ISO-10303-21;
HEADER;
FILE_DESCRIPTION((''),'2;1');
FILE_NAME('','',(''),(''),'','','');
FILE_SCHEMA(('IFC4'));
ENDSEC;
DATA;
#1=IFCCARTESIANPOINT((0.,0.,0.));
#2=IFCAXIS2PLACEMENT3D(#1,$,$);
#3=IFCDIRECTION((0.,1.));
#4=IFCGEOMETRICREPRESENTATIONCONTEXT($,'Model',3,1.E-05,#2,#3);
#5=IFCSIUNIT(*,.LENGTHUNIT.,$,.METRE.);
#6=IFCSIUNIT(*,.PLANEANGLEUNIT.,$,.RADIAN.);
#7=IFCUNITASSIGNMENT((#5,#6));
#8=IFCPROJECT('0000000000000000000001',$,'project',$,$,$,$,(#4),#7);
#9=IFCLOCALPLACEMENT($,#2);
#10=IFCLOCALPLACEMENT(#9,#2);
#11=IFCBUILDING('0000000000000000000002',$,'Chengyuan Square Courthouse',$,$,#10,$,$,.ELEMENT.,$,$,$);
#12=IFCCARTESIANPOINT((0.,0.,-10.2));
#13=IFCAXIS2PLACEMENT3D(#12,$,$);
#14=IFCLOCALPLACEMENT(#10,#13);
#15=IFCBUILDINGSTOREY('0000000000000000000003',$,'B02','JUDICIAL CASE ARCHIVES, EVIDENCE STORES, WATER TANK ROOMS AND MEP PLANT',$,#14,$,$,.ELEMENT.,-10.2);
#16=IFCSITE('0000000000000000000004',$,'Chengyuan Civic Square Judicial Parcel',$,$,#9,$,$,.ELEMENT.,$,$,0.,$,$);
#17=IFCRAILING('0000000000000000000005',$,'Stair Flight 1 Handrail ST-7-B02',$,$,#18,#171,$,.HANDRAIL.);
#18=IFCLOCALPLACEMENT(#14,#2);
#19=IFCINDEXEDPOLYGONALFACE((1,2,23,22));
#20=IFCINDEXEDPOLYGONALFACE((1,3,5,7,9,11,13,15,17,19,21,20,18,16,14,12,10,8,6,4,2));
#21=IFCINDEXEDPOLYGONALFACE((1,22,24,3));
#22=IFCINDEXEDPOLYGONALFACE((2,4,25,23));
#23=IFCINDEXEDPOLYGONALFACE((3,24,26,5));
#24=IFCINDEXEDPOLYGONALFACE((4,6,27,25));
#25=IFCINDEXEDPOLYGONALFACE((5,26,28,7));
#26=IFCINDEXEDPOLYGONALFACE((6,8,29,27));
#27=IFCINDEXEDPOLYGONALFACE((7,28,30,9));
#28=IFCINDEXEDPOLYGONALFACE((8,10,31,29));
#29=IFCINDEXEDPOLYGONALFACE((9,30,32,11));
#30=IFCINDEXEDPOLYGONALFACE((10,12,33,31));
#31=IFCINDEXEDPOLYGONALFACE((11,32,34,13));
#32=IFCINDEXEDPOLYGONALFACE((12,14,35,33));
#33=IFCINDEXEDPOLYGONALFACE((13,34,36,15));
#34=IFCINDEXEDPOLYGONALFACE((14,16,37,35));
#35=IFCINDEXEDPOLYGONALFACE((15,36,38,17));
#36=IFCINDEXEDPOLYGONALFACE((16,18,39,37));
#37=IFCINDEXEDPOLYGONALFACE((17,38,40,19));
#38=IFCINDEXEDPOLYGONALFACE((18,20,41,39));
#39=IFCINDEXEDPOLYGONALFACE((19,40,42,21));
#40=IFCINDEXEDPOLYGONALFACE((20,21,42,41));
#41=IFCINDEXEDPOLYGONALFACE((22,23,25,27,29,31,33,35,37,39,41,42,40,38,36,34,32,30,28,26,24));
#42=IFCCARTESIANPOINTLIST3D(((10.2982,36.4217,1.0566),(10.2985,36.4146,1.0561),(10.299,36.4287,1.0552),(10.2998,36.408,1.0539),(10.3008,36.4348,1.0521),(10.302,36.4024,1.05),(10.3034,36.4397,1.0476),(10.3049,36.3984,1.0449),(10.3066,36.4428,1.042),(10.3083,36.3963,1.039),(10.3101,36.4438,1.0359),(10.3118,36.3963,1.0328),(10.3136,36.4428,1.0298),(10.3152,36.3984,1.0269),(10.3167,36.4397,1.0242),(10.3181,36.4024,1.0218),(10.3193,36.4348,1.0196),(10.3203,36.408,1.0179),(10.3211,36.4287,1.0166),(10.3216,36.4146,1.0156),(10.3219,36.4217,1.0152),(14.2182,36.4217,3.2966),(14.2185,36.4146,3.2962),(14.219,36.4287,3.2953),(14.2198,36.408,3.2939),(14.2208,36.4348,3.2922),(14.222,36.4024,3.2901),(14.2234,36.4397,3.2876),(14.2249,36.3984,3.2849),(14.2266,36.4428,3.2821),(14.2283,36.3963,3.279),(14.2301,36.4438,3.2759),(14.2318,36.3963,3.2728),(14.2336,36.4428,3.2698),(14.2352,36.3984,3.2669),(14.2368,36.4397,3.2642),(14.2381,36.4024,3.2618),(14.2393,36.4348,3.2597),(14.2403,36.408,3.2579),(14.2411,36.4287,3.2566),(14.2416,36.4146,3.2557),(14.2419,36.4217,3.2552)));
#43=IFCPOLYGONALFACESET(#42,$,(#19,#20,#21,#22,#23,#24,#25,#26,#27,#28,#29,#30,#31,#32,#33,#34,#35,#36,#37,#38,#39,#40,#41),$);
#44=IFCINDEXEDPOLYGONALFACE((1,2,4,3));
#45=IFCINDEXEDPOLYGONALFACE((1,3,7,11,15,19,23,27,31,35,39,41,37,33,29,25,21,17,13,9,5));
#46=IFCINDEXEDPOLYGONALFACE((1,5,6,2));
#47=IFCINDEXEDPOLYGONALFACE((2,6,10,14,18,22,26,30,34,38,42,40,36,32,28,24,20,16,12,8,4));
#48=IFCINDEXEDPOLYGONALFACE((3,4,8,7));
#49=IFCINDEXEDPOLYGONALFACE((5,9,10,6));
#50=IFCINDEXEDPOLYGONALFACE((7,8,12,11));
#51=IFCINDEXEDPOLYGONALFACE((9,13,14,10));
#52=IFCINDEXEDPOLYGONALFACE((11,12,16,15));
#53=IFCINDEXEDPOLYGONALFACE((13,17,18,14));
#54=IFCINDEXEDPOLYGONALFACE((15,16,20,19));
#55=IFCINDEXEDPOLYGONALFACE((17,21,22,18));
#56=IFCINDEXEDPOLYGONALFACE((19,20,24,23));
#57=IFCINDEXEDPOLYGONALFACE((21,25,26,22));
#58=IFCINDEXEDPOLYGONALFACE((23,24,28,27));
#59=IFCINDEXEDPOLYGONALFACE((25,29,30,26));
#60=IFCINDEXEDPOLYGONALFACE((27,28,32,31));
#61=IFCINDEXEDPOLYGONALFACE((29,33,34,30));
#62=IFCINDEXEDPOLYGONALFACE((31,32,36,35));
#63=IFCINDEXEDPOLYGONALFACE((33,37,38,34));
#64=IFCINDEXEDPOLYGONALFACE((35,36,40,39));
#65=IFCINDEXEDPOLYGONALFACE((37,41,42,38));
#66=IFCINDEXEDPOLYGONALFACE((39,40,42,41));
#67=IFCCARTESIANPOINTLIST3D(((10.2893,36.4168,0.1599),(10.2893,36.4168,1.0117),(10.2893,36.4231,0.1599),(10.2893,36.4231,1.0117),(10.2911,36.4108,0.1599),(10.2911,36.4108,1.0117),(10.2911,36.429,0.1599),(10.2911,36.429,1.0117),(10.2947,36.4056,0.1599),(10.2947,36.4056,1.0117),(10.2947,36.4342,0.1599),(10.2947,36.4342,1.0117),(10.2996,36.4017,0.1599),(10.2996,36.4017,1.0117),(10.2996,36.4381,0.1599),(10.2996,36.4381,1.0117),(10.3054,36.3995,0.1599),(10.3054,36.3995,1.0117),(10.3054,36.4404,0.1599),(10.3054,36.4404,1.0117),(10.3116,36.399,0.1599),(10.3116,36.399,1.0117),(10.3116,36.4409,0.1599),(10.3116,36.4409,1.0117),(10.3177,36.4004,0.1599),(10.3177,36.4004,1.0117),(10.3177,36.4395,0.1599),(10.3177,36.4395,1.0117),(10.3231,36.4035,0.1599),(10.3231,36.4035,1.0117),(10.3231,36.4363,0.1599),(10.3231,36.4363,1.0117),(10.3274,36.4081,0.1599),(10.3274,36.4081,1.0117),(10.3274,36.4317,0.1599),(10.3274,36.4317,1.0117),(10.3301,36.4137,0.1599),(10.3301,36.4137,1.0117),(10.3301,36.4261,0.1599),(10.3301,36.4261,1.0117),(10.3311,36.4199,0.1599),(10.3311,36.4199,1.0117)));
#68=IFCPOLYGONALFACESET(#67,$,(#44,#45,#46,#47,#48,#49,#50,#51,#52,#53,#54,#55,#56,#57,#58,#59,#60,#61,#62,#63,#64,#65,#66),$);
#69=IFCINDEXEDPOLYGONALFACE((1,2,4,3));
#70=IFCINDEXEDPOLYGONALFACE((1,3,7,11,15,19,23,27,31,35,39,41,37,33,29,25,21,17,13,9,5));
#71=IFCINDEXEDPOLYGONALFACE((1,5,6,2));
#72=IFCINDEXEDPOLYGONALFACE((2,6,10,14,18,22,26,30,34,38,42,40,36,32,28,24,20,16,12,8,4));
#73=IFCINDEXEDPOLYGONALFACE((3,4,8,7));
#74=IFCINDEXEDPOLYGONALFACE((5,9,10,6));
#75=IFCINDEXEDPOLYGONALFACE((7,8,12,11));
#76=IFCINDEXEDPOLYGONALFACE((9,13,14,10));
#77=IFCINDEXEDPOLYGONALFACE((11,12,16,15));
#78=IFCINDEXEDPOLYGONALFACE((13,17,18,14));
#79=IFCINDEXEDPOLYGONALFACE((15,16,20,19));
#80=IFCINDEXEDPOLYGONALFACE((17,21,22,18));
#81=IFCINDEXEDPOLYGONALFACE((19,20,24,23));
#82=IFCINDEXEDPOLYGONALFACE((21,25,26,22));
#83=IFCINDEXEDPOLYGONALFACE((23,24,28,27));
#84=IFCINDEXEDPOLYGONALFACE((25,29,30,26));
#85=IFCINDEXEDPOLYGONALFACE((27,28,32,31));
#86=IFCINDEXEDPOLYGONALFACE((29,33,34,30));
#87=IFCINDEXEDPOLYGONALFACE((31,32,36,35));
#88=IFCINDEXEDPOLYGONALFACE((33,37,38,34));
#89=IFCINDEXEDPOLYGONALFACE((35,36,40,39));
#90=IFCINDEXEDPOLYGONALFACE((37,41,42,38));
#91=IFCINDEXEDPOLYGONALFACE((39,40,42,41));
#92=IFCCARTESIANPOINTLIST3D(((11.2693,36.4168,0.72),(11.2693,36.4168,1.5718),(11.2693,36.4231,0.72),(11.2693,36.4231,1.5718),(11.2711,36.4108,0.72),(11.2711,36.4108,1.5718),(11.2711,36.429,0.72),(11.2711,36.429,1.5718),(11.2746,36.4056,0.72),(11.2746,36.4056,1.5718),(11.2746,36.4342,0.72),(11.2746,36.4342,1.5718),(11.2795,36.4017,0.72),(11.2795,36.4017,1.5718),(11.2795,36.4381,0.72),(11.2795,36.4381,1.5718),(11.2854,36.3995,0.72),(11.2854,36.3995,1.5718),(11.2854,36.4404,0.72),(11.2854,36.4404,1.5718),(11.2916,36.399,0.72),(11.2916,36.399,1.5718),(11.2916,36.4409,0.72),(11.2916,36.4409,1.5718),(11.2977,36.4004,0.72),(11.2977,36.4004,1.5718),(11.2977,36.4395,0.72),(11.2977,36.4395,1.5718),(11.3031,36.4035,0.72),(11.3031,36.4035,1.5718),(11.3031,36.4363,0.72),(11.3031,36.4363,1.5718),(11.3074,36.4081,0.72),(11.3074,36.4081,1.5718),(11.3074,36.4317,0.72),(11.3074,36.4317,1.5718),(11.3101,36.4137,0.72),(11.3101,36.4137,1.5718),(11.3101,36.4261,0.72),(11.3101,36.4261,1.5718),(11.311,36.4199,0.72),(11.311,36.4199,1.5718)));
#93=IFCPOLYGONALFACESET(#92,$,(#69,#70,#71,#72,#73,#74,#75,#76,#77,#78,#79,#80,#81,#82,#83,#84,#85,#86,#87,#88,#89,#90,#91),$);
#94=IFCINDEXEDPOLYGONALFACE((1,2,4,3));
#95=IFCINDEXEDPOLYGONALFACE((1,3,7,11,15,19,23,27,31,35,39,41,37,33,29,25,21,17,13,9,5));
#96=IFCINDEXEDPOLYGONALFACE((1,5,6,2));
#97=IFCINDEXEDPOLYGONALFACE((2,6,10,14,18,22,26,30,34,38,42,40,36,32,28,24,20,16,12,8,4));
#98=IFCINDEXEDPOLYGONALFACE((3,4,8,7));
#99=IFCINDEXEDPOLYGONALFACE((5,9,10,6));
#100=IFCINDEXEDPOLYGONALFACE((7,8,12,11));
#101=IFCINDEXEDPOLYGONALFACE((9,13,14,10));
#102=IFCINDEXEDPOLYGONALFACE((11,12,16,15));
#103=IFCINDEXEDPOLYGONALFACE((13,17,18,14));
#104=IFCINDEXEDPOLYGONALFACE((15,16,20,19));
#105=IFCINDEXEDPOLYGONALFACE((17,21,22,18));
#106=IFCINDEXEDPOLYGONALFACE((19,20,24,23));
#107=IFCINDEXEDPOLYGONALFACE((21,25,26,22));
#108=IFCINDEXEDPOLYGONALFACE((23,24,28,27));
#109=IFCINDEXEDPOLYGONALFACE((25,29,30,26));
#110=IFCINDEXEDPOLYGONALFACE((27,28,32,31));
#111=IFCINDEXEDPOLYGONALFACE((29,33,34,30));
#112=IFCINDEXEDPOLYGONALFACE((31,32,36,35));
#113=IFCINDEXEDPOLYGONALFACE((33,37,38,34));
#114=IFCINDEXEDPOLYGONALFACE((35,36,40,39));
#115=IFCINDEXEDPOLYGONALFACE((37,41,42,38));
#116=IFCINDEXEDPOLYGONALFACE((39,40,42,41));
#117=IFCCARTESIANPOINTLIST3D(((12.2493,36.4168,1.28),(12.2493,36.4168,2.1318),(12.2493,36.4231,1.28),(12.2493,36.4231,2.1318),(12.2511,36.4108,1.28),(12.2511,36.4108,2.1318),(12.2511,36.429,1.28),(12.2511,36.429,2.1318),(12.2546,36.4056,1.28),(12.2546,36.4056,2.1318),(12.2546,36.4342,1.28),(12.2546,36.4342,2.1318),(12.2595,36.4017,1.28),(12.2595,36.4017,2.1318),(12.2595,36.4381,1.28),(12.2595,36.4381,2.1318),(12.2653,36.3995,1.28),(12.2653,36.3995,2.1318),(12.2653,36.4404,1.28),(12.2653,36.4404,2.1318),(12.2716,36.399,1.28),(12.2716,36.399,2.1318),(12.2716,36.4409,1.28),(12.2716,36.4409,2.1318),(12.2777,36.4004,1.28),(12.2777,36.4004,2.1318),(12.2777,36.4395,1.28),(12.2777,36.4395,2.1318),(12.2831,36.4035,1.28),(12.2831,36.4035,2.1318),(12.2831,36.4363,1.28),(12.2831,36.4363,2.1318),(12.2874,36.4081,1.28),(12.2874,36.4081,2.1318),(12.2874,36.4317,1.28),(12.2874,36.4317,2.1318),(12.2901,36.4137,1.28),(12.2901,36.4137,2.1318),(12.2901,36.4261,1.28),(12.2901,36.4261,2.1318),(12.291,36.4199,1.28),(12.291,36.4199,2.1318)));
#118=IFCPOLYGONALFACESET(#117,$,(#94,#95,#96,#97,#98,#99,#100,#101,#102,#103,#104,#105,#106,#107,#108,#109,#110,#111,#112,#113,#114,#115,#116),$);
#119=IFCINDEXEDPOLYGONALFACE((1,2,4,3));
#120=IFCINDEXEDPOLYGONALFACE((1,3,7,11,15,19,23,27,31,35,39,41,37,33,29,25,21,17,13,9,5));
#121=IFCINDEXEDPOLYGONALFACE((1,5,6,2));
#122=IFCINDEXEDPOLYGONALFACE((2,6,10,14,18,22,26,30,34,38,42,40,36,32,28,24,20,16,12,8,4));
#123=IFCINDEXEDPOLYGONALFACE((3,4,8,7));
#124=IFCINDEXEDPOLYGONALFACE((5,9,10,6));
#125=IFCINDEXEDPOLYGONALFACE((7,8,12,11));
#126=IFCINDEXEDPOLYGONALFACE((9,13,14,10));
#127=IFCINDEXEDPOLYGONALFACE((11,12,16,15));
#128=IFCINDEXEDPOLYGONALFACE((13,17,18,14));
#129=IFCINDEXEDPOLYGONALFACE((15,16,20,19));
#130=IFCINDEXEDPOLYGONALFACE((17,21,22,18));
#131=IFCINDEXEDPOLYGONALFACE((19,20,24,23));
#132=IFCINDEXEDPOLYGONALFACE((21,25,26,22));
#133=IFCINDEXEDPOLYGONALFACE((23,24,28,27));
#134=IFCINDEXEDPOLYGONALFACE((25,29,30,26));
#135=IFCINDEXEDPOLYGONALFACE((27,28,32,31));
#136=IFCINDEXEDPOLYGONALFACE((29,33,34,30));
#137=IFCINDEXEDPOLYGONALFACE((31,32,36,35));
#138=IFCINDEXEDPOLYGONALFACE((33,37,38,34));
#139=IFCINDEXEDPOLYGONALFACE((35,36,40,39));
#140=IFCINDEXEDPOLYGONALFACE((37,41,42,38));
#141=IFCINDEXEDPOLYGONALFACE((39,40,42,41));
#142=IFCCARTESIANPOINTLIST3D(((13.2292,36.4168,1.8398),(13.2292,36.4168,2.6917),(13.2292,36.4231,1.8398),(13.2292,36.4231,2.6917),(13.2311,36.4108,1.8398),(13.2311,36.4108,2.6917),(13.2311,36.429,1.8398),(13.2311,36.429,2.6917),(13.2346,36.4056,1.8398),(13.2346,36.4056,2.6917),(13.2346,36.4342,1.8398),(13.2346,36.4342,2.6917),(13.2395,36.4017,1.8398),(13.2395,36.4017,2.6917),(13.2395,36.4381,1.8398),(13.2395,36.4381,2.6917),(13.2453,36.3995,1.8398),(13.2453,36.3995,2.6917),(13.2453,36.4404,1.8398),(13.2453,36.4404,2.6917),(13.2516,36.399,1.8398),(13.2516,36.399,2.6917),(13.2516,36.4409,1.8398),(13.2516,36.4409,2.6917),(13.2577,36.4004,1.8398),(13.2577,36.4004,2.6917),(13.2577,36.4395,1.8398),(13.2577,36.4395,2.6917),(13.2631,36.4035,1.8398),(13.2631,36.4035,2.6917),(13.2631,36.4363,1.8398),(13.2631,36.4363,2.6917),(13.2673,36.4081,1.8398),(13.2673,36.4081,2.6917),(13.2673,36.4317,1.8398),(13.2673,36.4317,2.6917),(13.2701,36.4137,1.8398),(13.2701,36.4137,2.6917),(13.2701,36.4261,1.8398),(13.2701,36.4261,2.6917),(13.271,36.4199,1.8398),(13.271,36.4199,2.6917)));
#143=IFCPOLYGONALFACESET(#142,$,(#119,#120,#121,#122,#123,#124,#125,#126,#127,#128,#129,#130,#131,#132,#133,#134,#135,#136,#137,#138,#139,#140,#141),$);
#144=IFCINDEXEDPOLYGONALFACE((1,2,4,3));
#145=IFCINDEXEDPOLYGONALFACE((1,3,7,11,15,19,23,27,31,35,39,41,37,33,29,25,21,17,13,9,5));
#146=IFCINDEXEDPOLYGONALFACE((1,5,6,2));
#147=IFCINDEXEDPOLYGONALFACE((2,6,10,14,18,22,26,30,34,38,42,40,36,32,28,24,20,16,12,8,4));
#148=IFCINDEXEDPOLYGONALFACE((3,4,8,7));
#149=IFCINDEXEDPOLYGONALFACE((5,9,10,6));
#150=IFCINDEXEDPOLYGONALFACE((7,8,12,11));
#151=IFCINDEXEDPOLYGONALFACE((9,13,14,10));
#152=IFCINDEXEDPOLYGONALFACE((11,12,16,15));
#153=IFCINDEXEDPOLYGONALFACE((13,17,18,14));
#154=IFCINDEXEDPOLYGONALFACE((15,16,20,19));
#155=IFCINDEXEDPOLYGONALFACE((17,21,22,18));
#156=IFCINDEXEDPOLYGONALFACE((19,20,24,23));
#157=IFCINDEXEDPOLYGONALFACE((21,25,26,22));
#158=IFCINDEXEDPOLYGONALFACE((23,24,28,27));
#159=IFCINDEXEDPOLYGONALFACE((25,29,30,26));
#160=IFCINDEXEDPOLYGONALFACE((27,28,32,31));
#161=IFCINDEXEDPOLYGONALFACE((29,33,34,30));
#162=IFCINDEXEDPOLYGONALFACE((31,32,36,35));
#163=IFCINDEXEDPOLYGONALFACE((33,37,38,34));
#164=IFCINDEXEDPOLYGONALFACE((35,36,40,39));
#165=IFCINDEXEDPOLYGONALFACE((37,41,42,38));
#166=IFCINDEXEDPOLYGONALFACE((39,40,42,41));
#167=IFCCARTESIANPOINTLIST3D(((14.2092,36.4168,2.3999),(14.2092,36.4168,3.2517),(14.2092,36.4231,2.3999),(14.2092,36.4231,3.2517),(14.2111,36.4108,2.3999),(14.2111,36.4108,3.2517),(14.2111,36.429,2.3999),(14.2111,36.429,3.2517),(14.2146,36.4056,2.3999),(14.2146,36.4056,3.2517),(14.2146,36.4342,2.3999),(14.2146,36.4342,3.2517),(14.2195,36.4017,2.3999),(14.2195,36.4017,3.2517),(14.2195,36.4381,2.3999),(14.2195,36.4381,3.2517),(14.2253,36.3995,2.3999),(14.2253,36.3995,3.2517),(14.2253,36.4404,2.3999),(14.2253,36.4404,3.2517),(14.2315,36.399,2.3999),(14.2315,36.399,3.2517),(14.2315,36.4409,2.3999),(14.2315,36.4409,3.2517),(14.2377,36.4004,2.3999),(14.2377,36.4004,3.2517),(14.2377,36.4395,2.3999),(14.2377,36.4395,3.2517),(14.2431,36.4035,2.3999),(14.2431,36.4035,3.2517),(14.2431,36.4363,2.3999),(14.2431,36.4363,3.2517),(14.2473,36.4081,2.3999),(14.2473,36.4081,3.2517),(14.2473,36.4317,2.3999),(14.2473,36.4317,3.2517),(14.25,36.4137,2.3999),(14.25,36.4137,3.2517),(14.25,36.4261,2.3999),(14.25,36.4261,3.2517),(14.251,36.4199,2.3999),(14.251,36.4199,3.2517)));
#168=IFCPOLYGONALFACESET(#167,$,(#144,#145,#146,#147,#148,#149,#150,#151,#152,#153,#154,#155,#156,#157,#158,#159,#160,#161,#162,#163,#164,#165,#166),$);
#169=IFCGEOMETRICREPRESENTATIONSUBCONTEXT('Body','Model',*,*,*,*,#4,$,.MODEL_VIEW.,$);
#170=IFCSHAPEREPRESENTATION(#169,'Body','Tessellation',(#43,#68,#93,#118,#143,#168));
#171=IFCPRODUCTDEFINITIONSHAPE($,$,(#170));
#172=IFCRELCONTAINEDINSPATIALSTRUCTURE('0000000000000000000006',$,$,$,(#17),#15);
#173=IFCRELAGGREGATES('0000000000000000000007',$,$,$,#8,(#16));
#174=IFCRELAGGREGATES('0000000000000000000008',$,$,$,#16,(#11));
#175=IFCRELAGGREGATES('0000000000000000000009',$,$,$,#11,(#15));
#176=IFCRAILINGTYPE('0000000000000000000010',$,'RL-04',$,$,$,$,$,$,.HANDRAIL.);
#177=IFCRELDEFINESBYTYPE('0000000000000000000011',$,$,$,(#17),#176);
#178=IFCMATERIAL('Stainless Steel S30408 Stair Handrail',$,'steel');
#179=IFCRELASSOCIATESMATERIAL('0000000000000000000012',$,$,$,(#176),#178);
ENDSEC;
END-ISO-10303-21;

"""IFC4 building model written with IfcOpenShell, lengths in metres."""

from ifc_helpers import new_model, si_unit, direction, frame, origin, origin_2d, place, context, subcontext, project, spatial, circle, extrude, material, type_object, element, save


model = new_model("IFC4")

# Units and contexts
model_context = context("Model", 3, precision=1e-05, world=origin(), true_north=direction((0.0, 1.0)))
body_context = subcontext(model_context, "Body", "Model", "MODEL_VIEW")
ifc_project = project(units=[si_unit("LENGTHUNIT", "METRE"), si_unit("PLANEANGLEUNIT", "RADIAN")], contexts=[model_context])

# Site, building, storey
site_placement = place(None, origin())
site = spatial("IfcSite", under=ifc_project, at=site_placement, Name="Chengyuan Civic Square Judicial Parcel", CompositionType="ELEMENT", RefElevation=0.0)
building_placement = place(site_placement, origin())
building = spatial("IfcBuilding", under=site, at=building_placement, Name="Chengyuan Square Courthouse", CompositionType="ELEMENT")
storey_placement = place(building_placement, frame((0.0, 0.0, -10.2)))
storey = spatial("IfcBuildingStorey", under=building, at=storey_placement, Name="B02", Description="JUDICIAL CASE ARCHIVES, EVIDENCE STORES, WATER TANK ROOMS AND MEP PLANT", CompositionType="ELEMENT", Elevation=-10.2)

# Railing
ifc_material_1 = material(Name="Stainless Steel S30408 Stair Handrail", Category="steel")
railing_type = type_object("IfcRailingType", Name="RL-04", PredefinedType="HANDRAIL", material=ifc_material_1)
railing_placement = place(storey_placement, frame((10.3101, 36.4199, 0.1599)))
element("IfcRailing", 1, at=railing_placement, inside=storey, type_object=railing_type, Name="Stair Flight 1 Handrail ST-7-B02", PredefinedType="HANDRAIL", context=body_context, shape_type="SweptSolid", body=[
    extrude(circle(Radius=0.0239, at=origin_2d()), frame((0.0, 0.0, 0.876), z_axis=(0.86824, 0.0, 0.496145), x_axis=(0.0, 1.0, 0.0)), (0.0, 0.0, 1.0), 4.5149),
    extrude(circle(Radius=0.021, at=origin_2d()), origin(), (0.0, 0.0, 1.0), 0.8518),
    extrude(circle(Radius=0.021, at=origin_2d()), frame((0.98, 0.0, 0.5601)), (0.0, 0.0, 1.0), 0.8518),
    extrude(circle(Radius=0.021, at=origin_2d()), frame((1.96, 0.0, 1.1201)), (0.0, 0.0, 1.0), 0.8518),
    extrude(circle(Radius=0.021, at=origin_2d()), frame((2.9399, 0.0, 1.6799)), (0.0, 0.0, 1.0), 0.8518),
    extrude(circle(Radius=0.021, at=origin_2d()), frame((3.9199, 0.0, 2.24)), (0.0, 0.0, 1.0), 0.8518),
])

save(model, "model.ifc")
